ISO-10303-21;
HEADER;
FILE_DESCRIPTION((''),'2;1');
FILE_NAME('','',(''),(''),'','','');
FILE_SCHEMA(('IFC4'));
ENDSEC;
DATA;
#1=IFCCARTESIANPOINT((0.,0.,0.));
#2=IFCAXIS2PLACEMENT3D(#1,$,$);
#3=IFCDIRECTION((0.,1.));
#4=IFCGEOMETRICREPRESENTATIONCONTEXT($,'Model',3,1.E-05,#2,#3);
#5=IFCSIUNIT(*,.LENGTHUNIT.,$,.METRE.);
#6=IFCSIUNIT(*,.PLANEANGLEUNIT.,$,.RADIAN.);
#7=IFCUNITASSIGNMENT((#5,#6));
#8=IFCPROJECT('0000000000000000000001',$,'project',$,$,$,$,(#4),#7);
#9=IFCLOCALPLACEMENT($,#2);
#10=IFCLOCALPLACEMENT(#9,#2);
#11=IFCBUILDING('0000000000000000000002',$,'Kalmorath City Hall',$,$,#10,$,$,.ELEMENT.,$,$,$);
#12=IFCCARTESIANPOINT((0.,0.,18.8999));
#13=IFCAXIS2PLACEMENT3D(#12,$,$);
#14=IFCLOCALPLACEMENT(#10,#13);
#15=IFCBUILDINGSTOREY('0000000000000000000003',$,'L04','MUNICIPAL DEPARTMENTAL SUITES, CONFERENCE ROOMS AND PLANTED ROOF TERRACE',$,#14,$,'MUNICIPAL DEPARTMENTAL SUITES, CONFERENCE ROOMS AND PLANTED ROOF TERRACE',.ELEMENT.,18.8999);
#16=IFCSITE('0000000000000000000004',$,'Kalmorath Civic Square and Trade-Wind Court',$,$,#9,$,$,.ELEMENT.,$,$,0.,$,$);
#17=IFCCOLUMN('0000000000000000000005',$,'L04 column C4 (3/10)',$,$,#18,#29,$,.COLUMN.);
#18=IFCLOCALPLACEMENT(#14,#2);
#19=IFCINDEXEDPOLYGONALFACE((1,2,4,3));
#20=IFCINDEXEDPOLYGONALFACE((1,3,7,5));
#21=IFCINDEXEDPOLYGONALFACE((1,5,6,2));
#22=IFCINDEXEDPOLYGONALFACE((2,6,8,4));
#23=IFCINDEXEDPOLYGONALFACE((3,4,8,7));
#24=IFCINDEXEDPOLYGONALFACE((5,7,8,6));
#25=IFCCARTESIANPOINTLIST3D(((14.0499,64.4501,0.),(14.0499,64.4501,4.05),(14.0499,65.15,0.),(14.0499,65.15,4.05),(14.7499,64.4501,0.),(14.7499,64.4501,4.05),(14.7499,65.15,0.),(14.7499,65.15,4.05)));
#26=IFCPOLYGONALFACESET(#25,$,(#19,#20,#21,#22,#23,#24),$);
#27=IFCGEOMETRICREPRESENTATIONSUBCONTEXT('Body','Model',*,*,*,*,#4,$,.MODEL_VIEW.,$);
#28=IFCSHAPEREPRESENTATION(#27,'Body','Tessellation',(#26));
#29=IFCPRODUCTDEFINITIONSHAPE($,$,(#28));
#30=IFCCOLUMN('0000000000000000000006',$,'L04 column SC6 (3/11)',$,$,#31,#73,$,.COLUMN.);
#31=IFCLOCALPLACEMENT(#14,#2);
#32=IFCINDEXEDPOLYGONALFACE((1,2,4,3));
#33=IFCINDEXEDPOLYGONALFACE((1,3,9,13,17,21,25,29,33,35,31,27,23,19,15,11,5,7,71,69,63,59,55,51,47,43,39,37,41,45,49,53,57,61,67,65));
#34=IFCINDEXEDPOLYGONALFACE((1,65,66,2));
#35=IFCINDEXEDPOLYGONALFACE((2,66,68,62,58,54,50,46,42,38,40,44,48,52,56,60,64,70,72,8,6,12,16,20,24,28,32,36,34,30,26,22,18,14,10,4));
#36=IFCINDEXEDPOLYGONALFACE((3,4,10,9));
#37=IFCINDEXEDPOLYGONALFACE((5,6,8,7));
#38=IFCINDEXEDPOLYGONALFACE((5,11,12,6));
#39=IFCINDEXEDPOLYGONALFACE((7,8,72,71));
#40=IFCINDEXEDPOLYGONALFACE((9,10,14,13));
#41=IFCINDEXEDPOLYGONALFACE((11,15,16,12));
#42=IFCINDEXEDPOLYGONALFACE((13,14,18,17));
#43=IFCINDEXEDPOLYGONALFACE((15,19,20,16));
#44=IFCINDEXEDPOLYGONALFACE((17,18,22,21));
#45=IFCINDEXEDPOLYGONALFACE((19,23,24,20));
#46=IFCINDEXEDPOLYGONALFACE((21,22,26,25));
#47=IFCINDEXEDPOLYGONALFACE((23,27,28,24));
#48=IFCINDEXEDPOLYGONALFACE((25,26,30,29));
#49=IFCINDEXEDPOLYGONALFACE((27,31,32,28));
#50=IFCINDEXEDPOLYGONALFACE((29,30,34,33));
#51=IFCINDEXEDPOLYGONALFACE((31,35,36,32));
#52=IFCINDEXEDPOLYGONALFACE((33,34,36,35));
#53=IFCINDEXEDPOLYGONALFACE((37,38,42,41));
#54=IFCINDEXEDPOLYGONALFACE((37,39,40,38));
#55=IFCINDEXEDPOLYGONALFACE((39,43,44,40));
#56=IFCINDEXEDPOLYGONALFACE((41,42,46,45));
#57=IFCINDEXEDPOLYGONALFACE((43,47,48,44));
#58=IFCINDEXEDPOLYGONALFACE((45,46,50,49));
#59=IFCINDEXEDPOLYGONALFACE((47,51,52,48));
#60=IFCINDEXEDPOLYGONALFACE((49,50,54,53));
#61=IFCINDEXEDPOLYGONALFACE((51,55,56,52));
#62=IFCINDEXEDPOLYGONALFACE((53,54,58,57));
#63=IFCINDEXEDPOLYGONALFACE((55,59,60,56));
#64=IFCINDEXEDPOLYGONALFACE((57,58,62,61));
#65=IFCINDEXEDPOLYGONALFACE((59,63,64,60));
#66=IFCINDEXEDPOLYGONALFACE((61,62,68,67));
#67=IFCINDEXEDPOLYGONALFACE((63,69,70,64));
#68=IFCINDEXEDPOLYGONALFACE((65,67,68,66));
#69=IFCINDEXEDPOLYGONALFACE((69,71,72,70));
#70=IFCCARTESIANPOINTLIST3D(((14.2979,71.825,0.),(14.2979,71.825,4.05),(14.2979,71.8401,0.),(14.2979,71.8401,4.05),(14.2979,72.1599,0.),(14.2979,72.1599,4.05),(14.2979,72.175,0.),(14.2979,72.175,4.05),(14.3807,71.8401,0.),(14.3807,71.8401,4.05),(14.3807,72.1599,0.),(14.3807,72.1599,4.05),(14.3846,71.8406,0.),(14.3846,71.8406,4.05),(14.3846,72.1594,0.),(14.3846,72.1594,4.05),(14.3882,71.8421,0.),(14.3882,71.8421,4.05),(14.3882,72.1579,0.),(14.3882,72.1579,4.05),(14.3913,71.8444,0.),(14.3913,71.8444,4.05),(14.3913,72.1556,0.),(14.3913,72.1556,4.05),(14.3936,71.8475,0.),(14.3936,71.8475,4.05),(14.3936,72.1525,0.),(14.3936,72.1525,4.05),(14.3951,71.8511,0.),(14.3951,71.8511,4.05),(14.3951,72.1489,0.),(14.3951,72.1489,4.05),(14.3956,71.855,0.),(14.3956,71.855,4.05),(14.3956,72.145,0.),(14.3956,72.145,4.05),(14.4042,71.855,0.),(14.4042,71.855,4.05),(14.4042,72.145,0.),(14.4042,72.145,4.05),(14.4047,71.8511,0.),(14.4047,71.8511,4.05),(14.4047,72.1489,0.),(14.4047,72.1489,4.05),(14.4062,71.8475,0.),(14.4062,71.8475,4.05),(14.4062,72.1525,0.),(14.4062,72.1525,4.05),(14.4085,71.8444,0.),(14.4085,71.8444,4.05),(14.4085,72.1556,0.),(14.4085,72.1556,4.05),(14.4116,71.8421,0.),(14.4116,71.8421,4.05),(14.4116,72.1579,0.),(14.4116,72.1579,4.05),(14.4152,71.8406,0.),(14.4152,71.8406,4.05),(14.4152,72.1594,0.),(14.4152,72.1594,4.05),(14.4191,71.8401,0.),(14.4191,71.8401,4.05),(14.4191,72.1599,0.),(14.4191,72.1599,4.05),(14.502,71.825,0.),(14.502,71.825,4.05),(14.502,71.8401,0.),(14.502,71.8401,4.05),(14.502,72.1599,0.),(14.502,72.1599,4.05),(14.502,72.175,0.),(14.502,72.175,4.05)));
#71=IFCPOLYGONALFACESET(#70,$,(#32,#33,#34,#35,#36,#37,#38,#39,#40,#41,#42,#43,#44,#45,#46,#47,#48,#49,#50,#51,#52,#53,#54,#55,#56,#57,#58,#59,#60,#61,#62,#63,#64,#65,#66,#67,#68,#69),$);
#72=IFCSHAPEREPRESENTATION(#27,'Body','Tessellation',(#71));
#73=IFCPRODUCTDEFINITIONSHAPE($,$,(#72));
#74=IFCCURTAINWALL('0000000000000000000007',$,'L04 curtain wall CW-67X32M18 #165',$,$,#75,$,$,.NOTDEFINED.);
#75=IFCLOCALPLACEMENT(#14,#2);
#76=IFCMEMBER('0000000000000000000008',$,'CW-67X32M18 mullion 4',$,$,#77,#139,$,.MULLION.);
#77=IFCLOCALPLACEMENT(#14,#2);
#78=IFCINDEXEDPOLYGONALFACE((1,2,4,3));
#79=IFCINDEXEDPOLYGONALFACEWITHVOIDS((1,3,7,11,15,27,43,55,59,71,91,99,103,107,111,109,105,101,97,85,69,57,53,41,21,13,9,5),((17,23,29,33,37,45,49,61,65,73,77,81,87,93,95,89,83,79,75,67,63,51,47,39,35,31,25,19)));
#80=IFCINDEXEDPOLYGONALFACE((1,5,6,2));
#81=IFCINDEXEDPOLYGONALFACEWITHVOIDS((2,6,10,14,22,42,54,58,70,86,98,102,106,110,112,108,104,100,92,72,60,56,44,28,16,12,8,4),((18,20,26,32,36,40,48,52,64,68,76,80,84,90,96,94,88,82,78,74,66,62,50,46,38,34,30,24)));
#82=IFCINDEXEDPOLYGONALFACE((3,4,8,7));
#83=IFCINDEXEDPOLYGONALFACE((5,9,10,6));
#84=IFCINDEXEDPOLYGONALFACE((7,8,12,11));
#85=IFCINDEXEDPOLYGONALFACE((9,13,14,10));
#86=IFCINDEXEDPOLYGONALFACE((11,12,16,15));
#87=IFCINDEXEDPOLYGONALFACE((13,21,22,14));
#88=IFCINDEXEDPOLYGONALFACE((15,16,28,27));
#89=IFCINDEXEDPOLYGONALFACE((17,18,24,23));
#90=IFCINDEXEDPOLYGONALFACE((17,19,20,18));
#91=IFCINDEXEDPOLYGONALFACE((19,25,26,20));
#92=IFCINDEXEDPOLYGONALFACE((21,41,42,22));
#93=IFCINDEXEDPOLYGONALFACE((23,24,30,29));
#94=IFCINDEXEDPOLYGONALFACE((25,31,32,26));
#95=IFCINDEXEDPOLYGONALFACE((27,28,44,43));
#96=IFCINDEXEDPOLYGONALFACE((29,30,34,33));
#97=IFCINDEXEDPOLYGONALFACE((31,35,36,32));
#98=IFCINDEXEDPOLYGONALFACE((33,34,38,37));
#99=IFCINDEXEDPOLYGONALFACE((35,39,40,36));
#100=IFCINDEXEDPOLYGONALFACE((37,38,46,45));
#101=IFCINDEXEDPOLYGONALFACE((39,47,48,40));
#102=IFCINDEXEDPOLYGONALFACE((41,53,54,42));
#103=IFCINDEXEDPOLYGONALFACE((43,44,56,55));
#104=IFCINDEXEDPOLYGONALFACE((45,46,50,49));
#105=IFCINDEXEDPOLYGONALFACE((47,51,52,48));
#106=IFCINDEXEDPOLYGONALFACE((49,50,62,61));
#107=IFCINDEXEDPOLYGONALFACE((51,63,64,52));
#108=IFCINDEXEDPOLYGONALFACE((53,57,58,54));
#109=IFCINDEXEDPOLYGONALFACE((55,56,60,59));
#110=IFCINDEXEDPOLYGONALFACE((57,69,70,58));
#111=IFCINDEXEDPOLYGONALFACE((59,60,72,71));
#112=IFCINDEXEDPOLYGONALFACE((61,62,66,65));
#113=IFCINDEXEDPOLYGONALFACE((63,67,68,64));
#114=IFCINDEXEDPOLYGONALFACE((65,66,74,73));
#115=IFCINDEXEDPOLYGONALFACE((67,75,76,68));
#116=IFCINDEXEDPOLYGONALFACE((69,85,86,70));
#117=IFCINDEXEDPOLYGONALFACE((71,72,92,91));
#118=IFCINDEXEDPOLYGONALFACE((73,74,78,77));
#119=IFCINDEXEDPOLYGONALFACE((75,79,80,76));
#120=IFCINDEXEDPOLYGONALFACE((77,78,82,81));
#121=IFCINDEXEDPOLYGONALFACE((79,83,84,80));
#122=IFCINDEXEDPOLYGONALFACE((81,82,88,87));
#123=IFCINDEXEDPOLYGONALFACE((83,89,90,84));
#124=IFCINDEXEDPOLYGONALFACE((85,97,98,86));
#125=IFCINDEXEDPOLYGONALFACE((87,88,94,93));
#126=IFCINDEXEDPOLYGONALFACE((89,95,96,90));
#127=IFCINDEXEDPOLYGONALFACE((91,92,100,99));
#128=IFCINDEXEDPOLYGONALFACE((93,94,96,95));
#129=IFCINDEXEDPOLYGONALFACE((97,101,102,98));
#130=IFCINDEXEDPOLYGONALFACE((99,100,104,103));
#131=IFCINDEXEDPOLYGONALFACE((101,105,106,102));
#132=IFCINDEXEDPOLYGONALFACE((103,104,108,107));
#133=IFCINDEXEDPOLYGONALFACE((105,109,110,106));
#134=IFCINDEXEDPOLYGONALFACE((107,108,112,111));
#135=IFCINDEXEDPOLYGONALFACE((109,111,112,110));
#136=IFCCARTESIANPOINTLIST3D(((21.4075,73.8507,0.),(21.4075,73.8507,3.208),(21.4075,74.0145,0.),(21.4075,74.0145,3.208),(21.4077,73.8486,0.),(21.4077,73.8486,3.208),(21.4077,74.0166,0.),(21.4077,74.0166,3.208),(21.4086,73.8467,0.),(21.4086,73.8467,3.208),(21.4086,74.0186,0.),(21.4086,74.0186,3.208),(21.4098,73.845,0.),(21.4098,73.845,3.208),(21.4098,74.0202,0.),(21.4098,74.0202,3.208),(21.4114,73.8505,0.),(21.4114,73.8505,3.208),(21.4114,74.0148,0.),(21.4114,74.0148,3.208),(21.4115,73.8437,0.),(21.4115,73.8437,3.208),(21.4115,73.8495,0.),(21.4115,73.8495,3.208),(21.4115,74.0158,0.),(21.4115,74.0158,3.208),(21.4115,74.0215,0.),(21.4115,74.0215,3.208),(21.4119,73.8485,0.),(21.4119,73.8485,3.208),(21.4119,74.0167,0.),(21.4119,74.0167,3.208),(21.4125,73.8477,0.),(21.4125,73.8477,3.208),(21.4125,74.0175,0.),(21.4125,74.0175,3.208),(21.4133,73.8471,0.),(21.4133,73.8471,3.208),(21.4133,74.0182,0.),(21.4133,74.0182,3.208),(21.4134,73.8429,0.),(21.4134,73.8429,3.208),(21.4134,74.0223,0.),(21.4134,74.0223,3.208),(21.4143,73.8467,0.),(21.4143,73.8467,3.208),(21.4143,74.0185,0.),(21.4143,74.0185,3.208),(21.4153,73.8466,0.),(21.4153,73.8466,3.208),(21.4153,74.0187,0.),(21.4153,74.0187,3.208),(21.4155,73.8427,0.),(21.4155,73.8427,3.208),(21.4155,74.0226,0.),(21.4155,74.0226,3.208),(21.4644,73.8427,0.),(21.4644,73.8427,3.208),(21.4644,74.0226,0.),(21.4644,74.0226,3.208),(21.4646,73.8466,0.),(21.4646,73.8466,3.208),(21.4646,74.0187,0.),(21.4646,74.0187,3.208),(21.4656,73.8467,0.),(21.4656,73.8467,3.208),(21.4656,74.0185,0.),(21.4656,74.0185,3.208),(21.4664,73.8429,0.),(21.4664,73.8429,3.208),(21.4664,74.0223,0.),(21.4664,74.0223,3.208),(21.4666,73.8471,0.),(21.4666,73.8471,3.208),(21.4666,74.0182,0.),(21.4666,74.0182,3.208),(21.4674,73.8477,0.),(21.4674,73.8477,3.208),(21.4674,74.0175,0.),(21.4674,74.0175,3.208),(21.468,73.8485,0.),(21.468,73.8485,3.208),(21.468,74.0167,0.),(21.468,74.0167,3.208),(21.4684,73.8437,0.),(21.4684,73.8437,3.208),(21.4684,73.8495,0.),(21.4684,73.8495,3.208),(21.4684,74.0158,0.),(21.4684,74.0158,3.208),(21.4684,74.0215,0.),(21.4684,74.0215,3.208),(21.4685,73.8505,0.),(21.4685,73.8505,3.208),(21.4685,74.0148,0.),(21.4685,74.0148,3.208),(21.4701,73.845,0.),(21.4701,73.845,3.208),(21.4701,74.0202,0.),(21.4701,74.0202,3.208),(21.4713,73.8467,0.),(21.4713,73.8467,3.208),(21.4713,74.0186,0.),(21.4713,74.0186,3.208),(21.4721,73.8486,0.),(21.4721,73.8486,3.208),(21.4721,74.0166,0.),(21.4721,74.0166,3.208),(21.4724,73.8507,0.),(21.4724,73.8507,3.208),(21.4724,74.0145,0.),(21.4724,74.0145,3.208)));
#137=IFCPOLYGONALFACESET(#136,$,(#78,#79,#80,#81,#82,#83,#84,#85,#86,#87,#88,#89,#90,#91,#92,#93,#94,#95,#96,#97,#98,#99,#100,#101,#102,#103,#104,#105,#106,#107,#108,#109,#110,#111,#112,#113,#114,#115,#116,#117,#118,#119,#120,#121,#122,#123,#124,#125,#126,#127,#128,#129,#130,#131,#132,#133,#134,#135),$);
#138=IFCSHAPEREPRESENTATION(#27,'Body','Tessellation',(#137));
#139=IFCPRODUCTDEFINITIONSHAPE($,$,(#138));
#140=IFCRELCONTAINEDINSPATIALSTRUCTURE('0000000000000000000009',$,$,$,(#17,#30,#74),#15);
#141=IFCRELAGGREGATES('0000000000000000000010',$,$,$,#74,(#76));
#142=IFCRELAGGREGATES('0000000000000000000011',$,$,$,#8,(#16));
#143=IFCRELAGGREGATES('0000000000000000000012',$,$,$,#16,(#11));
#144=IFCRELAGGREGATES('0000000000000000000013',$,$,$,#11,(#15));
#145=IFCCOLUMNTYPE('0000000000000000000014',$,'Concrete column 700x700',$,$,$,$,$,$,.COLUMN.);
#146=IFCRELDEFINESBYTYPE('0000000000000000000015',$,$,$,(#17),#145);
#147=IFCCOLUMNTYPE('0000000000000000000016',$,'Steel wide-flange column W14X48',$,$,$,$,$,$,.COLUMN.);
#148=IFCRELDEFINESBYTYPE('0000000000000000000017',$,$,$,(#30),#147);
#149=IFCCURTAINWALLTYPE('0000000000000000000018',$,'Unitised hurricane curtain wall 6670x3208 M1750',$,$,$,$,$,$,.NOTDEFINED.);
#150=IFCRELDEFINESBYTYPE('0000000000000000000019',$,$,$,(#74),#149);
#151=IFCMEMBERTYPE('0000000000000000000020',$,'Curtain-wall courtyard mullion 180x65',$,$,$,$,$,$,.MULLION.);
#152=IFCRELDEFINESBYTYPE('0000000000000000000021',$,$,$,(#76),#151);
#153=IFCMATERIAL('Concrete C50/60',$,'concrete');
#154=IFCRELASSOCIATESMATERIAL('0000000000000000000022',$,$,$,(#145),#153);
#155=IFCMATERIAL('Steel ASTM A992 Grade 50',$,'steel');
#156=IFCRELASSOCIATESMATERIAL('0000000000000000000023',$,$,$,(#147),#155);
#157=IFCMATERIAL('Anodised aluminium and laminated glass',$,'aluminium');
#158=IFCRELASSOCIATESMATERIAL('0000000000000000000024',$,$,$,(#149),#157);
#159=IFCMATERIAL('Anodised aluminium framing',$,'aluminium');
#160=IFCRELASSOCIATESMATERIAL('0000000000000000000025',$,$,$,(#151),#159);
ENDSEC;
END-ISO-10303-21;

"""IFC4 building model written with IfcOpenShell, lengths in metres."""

from ifc_helpers import new_model, si_unit, direction, frame, origin, origin_2d, place, context, subcontext, project, spatial, rectangle, hollow_rectangle, i_section, extrude, material, material_profile, profile_set, type_object, element, aggregate, save


model = new_model("IFC4")

# Units and contexts
model_context = context("Model", 3, precision=1e-05, world=origin(), true_north=direction((0.0, 1.0)))
body_context = subcontext(model_context, "Body", "Model", "MODEL_VIEW")
ifc_project = project(units=[si_unit("LENGTHUNIT", "METRE"), si_unit("PLANEANGLEUNIT", "RADIAN")], contexts=[model_context])

# Site, building, storey
site_placement = place(None, origin())
site = spatial("IfcSite", under=ifc_project, at=site_placement, Name="Kalmorath Civic Square and Trade-Wind Court", CompositionType="ELEMENT", RefElevation=0.0)
building_placement = place(site_placement, origin())
building = spatial("IfcBuilding", under=site, at=building_placement, Name="Kalmorath City Hall", CompositionType="ELEMENT")
storey_placement = place(building_placement, frame((0.0, 0.0, 18.8999)))
storey = spatial("IfcBuildingStorey", under=building, at=storey_placement, Name="L04", Description="MUNICIPAL DEPARTMENTAL SUITES, CONFERENCE ROOMS AND PLANTED ROOF TERRACE", LongName="MUNICIPAL DEPARTMENTAL SUITES, CONFERENCE ROOMS AND PLANTED ROOF TERRACE", CompositionType="ELEMENT", Elevation=18.8999)

# Columns
ifc_material_1 = material(Name="Concrete C50/60", Category="concrete")
ifc_material_profile_1 = material_profile(ifc_material_1, rectangle(XDim=0.7, YDim=0.7, at=origin_2d()), Name="RC-COL-700X700")
ifc_profile_set_1 = profile_set([ifc_material_profile_1], Name="Concrete C50/60")
column_type_1 = type_object("IfcColumnType", Name="Concrete column 700x700", PredefinedType="COLUMN", material=ifc_profile_set_1)
column_1_placement = place(storey_placement, frame((14.3999, 64.8, 0.0), z_axis=(0.0, 0.0, 1.0), x_axis=(1.0, 0.0, 0.0)))
element("IfcColumn", 1, at=column_1_placement, inside=storey, type_object=column_type_1, Name="L04 column C4 (3/10)", PredefinedType="COLUMN", context=body_context, shape_type="SweptSolid", body=[
    extrude(rectangle(XDim=0.7, YDim=0.7, at=origin_2d()), origin(), (0.0, 0.0, 1.0), 4.05),
])
ifc_material_2 = material(Name="Steel ASTM A992 Grade 50", Category="steel")
ifc_material_profile_2 = material_profile(ifc_material_2, i_section(OverallWidth=0.2041, OverallDepth=0.3501, WebThickness=0.0085, FlangeThickness=0.0151, FilletRadius=0.0149, at=origin_2d()), Name="W14X48")
ifc_profile_set_2 = profile_set([ifc_material_profile_2], Name="Steel ASTM A992 Grade 50")
column_type_2 = type_object("IfcColumnType", Name="Steel wide-flange column W14X48", PredefinedType="COLUMN", material=ifc_profile_set_2)
column_2_placement = place(storey_placement, frame((14.3999, 72.0, 0.0), z_axis=(0.0, 0.0, 1.0), x_axis=(1.0, 0.0, 0.0)))
element("IfcColumn", 2, at=column_2_placement, inside=storey, type_object=column_type_2, Name="L04 column SC6 (3/11)", PredefinedType="COLUMN", context=body_context, shape_type="SweptSolid", body=[
    extrude(i_section(OverallWidth=0.2041, OverallDepth=0.3501, WebThickness=0.0085, FlangeThickness=0.0151, FilletRadius=0.0149, at=origin_2d()), origin(), (0.0, 0.0, 1.0), 4.05),
])

# Curtain wall, member
ifc_material_3 = material(Name="Anodised aluminium and laminated glass", Category="aluminium")
curtain_wall_type_1 = type_object("IfcCurtainWallType", Name="Unitised hurricane curtain wall 6670x3208 M1750", PredefinedType="NOTDEFINED", material=ifc_material_3)
curtain_wall_1_placement = place(storey_placement, origin())
curtain_wall_1 = element("IfcCurtainWall", 3, at=curtain_wall_1_placement, inside=storey, type_object=curtain_wall_type_1, Name="L04 curtain wall CW-67X32M18 #165", PredefinedType="NOTDEFINED")
ifc_material_4 = material(Name="Anodised aluminium framing", Category="aluminium")
ifc_material_profile_3 = material_profile(ifc_material_4, hollow_rectangle(XDim=0.0649, YDim=0.1799, WallThickness=0.0039, InnerFilletRadius=0.0039, OuterFilletRadius=0.0081, at=origin_2d()), Name="ALU-MUL-180X65X4")
ifc_profile_set_3 = profile_set([ifc_material_profile_3], Name="Anodised aluminium framing")
member_type_1 = type_object("IfcMemberType", Name="Curtain-wall courtyard mullion 180x65", PredefinedType="MULLION", material=ifc_profile_set_3)
member_1_placement = place(storey_placement, frame((21.4399, 73.9326, 0.0), z_axis=(0.0, 0.0, 1.0), x_axis=(1.0, 0.0, 0.0)))
member_1 = element("IfcMember", 4, at=member_1_placement, type_object=member_type_1, Name="CW-67X32M18 mullion 4", PredefinedType="MULLION", context=body_context, shape_type="SweptSolid", body=[
    extrude(hollow_rectangle(XDim=0.0649, YDim=0.1799, WallThickness=0.0039, InnerFilletRadius=0.0039, OuterFilletRadius=0.0081, at=origin_2d()), origin(), (0.0, 0.0, 1.0), 3.208),
])

aggregate(curtain_wall_1, [member_1])

save(model, "model.ifc")
